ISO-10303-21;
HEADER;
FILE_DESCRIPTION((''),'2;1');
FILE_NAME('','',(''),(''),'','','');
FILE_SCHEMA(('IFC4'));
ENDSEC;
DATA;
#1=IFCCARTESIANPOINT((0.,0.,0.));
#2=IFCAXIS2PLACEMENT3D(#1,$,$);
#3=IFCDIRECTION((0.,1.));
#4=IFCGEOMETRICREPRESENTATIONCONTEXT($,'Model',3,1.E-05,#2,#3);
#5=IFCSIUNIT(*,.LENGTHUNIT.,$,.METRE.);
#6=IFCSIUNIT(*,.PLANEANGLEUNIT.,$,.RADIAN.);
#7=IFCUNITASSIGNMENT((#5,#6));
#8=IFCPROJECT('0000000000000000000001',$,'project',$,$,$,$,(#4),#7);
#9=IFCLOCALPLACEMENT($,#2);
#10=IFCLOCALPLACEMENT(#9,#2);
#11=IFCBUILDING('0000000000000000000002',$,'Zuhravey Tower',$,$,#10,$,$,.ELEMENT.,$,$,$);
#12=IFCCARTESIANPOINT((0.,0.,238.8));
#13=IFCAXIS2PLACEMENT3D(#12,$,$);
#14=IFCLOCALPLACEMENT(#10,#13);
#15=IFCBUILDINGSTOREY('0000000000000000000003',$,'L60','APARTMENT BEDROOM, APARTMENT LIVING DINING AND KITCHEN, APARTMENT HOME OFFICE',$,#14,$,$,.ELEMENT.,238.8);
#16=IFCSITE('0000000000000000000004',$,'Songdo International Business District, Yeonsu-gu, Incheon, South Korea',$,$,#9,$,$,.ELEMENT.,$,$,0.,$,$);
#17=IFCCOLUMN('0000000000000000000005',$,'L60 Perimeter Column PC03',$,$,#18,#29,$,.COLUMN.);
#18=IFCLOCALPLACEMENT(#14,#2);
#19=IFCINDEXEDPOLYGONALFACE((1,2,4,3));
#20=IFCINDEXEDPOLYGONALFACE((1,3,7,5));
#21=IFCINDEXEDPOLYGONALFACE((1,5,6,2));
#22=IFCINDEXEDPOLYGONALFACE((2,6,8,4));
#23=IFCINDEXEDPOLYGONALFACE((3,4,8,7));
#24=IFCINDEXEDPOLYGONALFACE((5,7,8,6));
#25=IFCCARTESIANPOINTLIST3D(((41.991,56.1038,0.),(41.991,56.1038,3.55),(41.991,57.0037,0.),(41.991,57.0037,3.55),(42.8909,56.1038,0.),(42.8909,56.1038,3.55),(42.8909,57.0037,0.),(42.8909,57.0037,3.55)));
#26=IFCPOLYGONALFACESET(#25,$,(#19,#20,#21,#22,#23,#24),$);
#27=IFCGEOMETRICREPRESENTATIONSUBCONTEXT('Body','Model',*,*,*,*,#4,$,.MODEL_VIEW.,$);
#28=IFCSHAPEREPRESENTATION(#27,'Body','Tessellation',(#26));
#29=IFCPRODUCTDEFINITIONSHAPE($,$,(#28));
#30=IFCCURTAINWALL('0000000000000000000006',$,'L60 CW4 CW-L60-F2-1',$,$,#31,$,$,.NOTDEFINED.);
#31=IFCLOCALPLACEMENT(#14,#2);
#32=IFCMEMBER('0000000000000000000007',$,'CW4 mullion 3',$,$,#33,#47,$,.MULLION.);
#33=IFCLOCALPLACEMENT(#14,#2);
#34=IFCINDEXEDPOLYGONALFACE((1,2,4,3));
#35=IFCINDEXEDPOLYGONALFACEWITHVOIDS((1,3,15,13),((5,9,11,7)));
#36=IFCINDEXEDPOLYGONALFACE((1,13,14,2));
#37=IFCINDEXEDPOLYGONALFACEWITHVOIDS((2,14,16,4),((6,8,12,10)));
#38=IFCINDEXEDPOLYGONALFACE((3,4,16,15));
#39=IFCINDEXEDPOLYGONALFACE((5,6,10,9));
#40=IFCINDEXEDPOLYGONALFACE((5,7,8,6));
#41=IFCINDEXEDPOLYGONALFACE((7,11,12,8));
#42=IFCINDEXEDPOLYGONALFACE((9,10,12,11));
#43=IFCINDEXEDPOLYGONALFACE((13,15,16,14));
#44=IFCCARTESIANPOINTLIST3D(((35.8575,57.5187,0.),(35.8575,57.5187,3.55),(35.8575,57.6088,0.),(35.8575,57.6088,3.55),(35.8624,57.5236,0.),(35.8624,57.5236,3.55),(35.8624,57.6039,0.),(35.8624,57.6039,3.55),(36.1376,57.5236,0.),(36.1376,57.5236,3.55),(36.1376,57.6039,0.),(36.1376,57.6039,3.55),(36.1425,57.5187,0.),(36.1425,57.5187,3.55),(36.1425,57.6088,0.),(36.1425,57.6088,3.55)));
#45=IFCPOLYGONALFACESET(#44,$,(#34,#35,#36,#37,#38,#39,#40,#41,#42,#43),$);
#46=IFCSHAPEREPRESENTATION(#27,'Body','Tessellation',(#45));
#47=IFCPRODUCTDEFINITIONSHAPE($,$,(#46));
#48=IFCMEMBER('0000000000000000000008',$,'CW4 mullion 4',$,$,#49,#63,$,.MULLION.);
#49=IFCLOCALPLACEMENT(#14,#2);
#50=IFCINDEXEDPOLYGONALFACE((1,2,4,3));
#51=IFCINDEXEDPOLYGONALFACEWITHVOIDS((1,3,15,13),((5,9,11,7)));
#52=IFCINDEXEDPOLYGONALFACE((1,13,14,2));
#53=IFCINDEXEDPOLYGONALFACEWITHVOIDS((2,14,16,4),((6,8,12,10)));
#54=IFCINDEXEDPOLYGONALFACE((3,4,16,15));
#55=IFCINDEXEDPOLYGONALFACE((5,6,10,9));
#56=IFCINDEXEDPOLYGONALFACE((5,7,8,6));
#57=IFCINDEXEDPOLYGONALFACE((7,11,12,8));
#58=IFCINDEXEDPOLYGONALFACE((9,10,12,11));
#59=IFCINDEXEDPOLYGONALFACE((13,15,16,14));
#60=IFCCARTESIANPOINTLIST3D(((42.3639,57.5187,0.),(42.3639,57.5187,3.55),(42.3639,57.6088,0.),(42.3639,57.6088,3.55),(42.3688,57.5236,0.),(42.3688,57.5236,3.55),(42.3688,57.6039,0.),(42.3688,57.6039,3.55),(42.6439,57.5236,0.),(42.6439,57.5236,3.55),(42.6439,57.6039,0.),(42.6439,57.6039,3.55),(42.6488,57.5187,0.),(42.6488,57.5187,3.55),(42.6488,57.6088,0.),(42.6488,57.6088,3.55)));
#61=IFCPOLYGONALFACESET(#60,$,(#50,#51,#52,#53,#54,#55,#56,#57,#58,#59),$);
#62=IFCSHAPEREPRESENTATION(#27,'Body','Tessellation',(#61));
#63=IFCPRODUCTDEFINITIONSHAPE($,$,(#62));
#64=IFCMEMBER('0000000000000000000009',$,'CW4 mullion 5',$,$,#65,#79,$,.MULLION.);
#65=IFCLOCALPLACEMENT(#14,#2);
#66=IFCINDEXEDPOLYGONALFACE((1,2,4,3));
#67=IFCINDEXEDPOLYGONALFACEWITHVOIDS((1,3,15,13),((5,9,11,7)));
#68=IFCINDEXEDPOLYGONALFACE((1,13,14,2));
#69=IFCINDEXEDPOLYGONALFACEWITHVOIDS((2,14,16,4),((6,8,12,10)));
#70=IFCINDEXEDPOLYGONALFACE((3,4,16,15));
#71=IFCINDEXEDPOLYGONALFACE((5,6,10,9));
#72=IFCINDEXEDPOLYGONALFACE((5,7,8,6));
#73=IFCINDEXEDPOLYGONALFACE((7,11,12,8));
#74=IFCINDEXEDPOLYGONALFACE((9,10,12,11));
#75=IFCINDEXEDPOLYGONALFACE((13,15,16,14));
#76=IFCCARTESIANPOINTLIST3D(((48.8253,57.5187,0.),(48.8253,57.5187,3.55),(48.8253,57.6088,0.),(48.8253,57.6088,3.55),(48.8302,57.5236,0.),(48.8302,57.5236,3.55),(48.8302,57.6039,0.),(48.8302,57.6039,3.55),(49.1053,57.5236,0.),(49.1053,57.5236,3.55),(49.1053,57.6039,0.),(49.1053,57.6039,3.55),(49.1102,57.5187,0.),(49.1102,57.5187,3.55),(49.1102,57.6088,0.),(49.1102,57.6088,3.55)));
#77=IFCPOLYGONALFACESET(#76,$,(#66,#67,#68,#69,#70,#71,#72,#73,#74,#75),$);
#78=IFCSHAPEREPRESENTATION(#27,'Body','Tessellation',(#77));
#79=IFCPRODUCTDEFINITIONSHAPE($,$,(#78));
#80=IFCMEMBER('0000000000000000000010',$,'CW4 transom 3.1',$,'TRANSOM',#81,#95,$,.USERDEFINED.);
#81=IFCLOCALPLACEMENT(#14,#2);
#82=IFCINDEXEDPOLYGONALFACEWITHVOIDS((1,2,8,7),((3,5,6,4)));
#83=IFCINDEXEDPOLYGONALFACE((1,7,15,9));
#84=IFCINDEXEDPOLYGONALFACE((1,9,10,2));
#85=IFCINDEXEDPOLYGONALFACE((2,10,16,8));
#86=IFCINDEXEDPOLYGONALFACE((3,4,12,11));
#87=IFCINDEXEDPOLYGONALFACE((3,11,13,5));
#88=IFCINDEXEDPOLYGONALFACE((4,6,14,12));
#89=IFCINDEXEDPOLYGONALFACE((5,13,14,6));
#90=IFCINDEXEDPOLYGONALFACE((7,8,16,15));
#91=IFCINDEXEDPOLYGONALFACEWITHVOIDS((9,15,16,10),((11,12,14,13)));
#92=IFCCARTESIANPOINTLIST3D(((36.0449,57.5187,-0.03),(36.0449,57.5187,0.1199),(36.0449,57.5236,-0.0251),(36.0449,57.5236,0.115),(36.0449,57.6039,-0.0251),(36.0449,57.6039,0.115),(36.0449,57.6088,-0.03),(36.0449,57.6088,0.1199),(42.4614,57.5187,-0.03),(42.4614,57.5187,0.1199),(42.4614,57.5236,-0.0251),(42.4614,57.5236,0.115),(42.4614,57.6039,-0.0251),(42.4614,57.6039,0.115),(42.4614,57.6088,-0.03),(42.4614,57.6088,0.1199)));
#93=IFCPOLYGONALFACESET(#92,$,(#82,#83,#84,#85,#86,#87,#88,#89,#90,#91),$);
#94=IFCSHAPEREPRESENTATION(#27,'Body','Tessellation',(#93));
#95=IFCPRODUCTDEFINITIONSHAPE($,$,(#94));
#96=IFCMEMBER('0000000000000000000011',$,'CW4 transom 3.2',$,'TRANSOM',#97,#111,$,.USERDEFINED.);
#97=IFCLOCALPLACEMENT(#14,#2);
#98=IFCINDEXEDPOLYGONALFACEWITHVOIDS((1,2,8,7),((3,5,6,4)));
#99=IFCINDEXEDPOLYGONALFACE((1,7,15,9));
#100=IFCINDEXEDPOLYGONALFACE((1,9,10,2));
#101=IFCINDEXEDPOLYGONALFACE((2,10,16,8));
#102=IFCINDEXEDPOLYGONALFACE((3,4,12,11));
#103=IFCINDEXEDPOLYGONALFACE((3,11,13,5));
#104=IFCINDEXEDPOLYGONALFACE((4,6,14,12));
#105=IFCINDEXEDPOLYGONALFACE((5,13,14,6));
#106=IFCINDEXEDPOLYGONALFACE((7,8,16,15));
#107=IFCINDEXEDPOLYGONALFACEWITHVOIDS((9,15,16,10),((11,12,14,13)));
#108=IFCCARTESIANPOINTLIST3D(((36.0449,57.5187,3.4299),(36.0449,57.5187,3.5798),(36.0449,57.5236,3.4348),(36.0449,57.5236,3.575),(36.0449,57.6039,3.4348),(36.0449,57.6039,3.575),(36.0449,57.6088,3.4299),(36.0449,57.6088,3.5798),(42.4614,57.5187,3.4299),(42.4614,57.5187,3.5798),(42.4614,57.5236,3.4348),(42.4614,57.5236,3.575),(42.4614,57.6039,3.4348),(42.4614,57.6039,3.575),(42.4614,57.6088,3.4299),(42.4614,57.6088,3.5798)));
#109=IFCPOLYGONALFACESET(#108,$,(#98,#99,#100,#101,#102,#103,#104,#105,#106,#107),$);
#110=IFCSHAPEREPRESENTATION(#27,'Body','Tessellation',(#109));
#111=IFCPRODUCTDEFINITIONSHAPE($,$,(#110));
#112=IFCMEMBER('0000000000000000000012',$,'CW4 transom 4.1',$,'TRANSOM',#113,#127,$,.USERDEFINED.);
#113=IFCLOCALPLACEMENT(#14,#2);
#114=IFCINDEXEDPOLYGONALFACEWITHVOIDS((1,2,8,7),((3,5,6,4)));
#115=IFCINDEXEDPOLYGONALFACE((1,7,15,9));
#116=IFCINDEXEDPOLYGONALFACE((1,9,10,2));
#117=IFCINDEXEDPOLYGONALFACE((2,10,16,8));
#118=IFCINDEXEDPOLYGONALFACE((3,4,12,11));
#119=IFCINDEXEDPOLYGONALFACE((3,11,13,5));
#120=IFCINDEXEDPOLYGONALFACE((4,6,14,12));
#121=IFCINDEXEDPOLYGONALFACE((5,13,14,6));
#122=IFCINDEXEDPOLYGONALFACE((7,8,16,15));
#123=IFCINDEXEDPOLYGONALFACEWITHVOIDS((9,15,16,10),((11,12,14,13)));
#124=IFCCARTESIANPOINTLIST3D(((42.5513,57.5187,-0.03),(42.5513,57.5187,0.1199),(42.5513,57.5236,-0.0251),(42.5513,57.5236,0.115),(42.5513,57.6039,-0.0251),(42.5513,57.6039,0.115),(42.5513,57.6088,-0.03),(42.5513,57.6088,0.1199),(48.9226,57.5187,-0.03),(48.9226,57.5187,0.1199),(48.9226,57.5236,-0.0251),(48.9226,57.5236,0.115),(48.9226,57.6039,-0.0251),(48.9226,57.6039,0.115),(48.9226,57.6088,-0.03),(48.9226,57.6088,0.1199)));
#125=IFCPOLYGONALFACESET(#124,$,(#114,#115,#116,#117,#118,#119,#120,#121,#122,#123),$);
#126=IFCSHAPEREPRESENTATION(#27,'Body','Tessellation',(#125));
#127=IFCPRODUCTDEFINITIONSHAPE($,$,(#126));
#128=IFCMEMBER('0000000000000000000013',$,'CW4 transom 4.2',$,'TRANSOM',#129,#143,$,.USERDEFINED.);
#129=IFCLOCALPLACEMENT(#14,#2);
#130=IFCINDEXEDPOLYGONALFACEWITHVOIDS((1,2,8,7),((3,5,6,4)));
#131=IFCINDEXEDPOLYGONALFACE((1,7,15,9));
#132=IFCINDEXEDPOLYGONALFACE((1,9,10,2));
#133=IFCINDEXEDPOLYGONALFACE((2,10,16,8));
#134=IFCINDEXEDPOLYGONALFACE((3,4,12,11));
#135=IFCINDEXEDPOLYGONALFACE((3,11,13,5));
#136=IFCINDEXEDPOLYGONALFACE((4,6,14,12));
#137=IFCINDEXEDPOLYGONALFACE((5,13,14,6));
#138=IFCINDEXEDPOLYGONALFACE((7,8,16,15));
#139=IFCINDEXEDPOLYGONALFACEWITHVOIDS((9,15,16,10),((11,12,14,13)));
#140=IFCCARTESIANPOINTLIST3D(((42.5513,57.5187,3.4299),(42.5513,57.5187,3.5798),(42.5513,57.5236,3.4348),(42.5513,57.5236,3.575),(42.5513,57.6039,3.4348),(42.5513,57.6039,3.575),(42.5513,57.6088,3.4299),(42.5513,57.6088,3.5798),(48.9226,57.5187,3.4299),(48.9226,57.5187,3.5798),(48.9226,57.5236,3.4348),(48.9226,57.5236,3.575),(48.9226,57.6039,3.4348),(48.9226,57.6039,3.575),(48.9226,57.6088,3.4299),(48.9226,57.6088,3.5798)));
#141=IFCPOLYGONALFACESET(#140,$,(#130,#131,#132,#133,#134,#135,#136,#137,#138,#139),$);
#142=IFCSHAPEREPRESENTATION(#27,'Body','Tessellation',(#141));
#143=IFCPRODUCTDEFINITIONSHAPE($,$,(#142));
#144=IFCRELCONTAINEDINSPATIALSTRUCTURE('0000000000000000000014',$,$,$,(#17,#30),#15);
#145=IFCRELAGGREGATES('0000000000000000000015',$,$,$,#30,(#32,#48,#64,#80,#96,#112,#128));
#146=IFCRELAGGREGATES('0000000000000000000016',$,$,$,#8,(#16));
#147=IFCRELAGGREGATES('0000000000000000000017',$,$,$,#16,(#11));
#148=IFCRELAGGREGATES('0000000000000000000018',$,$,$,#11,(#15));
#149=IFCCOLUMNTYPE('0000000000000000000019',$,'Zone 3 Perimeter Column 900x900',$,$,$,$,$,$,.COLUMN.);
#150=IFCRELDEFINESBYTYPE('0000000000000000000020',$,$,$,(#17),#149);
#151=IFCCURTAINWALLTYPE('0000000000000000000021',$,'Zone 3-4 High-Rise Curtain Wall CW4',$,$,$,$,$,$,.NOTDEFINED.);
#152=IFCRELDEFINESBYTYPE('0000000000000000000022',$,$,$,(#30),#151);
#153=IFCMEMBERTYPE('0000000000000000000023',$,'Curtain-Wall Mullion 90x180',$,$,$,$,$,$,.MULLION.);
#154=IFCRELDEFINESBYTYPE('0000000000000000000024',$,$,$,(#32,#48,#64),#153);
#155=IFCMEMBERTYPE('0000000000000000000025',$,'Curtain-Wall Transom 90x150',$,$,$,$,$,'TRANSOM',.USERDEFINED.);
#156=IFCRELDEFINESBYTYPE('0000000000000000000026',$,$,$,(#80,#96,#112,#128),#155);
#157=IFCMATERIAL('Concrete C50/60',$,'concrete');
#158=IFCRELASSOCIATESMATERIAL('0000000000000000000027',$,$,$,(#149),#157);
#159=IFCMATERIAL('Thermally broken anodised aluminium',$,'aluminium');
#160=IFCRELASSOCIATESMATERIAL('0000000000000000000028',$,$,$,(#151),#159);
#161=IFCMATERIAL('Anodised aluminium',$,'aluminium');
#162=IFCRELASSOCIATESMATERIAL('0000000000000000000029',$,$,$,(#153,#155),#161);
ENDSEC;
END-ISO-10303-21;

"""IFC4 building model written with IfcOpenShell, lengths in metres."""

from ifc_helpers import new_model, si_unit, direction, frame, origin, origin_2d, place, context, subcontext, project, spatial, rectangle, hollow_rectangle, extrude, material, material_profile, profile_set, type_object, element, aggregate, save


model = new_model("IFC4")

# Units and contexts
model_context = context("Model", 3, precision=1e-05, world=origin(), true_north=direction((0.0, 1.0)))
body_context = subcontext(model_context, "Body", "Model", "MODEL_VIEW")
ifc_project = project(units=[si_unit("LENGTHUNIT", "METRE"), si_unit("PLANEANGLEUNIT", "RADIAN")], contexts=[model_context])

# Site, building, storey
site_placement = place(None, origin())
site = spatial("IfcSite", under=ifc_project, at=site_placement, Name="Songdo International Business District, Yeonsu-gu, Incheon, South Korea", CompositionType="ELEMENT", RefElevation=0.0)
building_placement = place(site_placement, origin())
building = spatial("IfcBuilding", under=site, at=building_placement, Name="Zuhravey Tower", CompositionType="ELEMENT")
storey_placement = place(building_placement, frame((0.0, 0.0, 238.8)))
storey = spatial("IfcBuildingStorey", under=building, at=storey_placement, Name="L60", Description="APARTMENT BEDROOM, APARTMENT LIVING DINING AND KITCHEN, APARTMENT HOME OFFICE", CompositionType="ELEMENT", Elevation=238.8)

# Column
ifc_material_1 = material(Name="Concrete C50/60", Category="concrete")
ifc_material_profile_1 = material_profile(ifc_material_1, rectangle(XDim=0.8999, YDim=0.8999, at=origin_2d()), Name="RC-900x900")
ifc_profile_set_1 = profile_set([ifc_material_profile_1], Name="Concrete C50/60")
column_type = type_object("IfcColumnType", Name="Zone 3 Perimeter Column 900x900", PredefinedType="COLUMN", material=ifc_profile_set_1)
column_placement = place(storey_placement, frame((42.4409, 56.5537, 0.0), z_axis=(0.0, 0.0, 1.0), x_axis=(-1.0, 0.0, 0.0)))
element("IfcColumn", 1, at=column_placement, inside=storey, type_object=column_type, Name="L60 Perimeter Column PC03", PredefinedType="COLUMN", context=body_context, shape_type="SweptSolid", body=[
    extrude(rectangle(XDim=0.8999, YDim=0.8999, at=origin_2d()), origin(), (0.0, 0.0, 1.0), 3.55),
])

# Curtain wall, members
ifc_material_2 = material(Name="Thermally broken anodised aluminium", Category="aluminium")
curtain_wall_type = type_object("IfcCurtainWallType", Name="Zone 3-4 High-Rise Curtain Wall CW4", PredefinedType="NOTDEFINED", material=ifc_material_2)
curtain_wall_placement = place(storey_placement, origin())
curtain_wall = element("IfcCurtainWall", 2, at=curtain_wall_placement, inside=storey, type_object=curtain_wall_type, Name="L60 CW4 CW-L60-F2-1", PredefinedType="NOTDEFINED")
ifc_material_3 = material(Name="Anodised aluminium", Category="aluminium")
ifc_material_profile_2 = material_profile(ifc_material_3, hollow_rectangle(XDim=0.0901, YDim=0.2849, WallThickness=0.0049, at=origin_2d()), Name="ALU-RHS-90x285x5")
ifc_profile_set_2 = profile_set([ifc_material_profile_2], Name="Anodised aluminium")
member_type_1 = type_object("IfcMemberType", Name="Curtain-Wall Mullion 90x180", PredefinedType="MULLION", material=ifc_profile_set_2)
member_1_placement = place(storey_placement, frame((36.0, 57.5637, 0.0), z_axis=(0.0, 0.0, 1.0), x_axis=(0.0, 1.0, 0.0)))
member_1 = element("IfcMember", 3, at=member_1_placement, type_object=member_type_1, Name="CW4 mullion 3", PredefinedType="MULLION", context=body_context, shape_type="SweptSolid", body=[
    extrude(hollow_rectangle(XDim=0.0901, YDim=0.2849, WallThickness=0.0049, at=origin_2d()), origin(), (0.0, 0.0, 1.0), 3.55),
])
member_2_placement = place(storey_placement, frame((42.5063, 57.5637, 0.0), z_axis=(0.0, 0.0, 1.0), x_axis=(0.0, 1.0, 0.0)))
member_2 = element("IfcMember", 4, at=member_2_placement, type_object=member_type_1, Name="CW4 mullion 4", PredefinedType="MULLION", context=body_context, shape_type="SweptSolid", body=[
    extrude(hollow_rectangle(XDim=0.0901, YDim=0.2849, WallThickness=0.0049, at=origin_2d()), origin(), (0.0, 0.0, 1.0), 3.55),
])
member_3_placement = place(storey_placement, frame((48.9678, 57.5637, 0.0), z_axis=(0.0, 0.0, 1.0), x_axis=(0.0, 1.0, 0.0)))
member_3 = element("IfcMember", 5, at=member_3_placement, type_object=member_type_1, Name="CW4 mullion 5", PredefinedType="MULLION", context=body_context, shape_type="SweptSolid", body=[
    extrude(hollow_rectangle(XDim=0.0901, YDim=0.2849, WallThickness=0.0049, at=origin_2d()), origin(), (0.0, 0.0, 1.0), 3.55),
])
ifc_material_profile_3 = material_profile(ifc_material_3, hollow_rectangle(XDim=0.0901, YDim=0.1499, WallThickness=0.0049, at=origin_2d()), Name="ALU-RHS-90x150x5")
ifc_profile_set_3 = profile_set([ifc_material_profile_3], Name="Anodised aluminium")
member_type_2 = type_object("IfcMemberType", Name="Curtain-Wall Transom 90x150", ElementType="TRANSOM", PredefinedType="USERDEFINED", material=ifc_profile_set_3)
member_4_placement = place(storey_placement, frame((36.0449, 57.5637, 0.0449), z_axis=(1.0, 0.0, 0.0), x_axis=(0.0, 1.0, 0.0)))
member_4 = element("IfcMember", 6, at=member_4_placement, type_object=member_type_2, Name="CW4 transom 3.1", ObjectType="TRANSOM", PredefinedType="USERDEFINED", context=body_context, shape_type="SweptSolid", body=[
    extrude(hollow_rectangle(XDim=0.0901, YDim=0.1499, WallThickness=0.0049, at=origin_2d()), origin(), (0.0, 0.0, 1.0), 6.4165),
])
member_5_placement = place(storey_placement, frame((36.0449, 57.5637, 3.5049), z_axis=(1.0, 0.0, 0.0), x_axis=(0.0, 1.0, 0.0)))
member_5 = element("IfcMember", 7, at=member_5_placement, type_object=member_type_2, Name="CW4 transom 3.2", ObjectType="TRANSOM", PredefinedType="USERDEFINED", context=body_context, shape_type="SweptSolid", body=[
    extrude(hollow_rectangle(XDim=0.0901, YDim=0.1499, WallThickness=0.0049, at=origin_2d()), origin(), (0.0, 0.0, 1.0), 6.4165),
])
member_6_placement = place(storey_placement, frame((42.5513, 57.5637, 0.0449), z_axis=(1.0, 0.0, 0.0), x_axis=(0.0, 1.0, 0.0)))
member_6 = element("IfcMember", 8, at=member_6_placement, type_object=member_type_2, Name="CW4 transom 4.1", ObjectType="TRANSOM", PredefinedType="USERDEFINED", context=body_context, shape_type="SweptSolid", body=[
    extrude(hollow_rectangle(XDim=0.0901, YDim=0.1499, WallThickness=0.0049, at=origin_2d()), origin(), (0.0, 0.0, 1.0), 6.3713),
])
member_7_placement = place(storey_placement, frame((42.5513, 57.5637, 3.5049), z_axis=(1.0, 0.0, 0.0), x_axis=(0.0, 1.0, 0.0)))
member_7 = element("IfcMember", 9, at=member_7_placement, type_object=member_type_2, Name="CW4 transom 4.2", ObjectType="TRANSOM", PredefinedType="USERDEFINED", context=body_context, shape_type="SweptSolid", body=[
    extrude(hollow_rectangle(XDim=0.0901, YDim=0.1499, WallThickness=0.0049, at=origin_2d()), origin(), (0.0, 0.0, 1.0), 6.3713),
])

aggregate(curtain_wall, [member_1, member_2, member_3, member_4, member_5, member_6, member_7])

save(model, "model.ifc")
